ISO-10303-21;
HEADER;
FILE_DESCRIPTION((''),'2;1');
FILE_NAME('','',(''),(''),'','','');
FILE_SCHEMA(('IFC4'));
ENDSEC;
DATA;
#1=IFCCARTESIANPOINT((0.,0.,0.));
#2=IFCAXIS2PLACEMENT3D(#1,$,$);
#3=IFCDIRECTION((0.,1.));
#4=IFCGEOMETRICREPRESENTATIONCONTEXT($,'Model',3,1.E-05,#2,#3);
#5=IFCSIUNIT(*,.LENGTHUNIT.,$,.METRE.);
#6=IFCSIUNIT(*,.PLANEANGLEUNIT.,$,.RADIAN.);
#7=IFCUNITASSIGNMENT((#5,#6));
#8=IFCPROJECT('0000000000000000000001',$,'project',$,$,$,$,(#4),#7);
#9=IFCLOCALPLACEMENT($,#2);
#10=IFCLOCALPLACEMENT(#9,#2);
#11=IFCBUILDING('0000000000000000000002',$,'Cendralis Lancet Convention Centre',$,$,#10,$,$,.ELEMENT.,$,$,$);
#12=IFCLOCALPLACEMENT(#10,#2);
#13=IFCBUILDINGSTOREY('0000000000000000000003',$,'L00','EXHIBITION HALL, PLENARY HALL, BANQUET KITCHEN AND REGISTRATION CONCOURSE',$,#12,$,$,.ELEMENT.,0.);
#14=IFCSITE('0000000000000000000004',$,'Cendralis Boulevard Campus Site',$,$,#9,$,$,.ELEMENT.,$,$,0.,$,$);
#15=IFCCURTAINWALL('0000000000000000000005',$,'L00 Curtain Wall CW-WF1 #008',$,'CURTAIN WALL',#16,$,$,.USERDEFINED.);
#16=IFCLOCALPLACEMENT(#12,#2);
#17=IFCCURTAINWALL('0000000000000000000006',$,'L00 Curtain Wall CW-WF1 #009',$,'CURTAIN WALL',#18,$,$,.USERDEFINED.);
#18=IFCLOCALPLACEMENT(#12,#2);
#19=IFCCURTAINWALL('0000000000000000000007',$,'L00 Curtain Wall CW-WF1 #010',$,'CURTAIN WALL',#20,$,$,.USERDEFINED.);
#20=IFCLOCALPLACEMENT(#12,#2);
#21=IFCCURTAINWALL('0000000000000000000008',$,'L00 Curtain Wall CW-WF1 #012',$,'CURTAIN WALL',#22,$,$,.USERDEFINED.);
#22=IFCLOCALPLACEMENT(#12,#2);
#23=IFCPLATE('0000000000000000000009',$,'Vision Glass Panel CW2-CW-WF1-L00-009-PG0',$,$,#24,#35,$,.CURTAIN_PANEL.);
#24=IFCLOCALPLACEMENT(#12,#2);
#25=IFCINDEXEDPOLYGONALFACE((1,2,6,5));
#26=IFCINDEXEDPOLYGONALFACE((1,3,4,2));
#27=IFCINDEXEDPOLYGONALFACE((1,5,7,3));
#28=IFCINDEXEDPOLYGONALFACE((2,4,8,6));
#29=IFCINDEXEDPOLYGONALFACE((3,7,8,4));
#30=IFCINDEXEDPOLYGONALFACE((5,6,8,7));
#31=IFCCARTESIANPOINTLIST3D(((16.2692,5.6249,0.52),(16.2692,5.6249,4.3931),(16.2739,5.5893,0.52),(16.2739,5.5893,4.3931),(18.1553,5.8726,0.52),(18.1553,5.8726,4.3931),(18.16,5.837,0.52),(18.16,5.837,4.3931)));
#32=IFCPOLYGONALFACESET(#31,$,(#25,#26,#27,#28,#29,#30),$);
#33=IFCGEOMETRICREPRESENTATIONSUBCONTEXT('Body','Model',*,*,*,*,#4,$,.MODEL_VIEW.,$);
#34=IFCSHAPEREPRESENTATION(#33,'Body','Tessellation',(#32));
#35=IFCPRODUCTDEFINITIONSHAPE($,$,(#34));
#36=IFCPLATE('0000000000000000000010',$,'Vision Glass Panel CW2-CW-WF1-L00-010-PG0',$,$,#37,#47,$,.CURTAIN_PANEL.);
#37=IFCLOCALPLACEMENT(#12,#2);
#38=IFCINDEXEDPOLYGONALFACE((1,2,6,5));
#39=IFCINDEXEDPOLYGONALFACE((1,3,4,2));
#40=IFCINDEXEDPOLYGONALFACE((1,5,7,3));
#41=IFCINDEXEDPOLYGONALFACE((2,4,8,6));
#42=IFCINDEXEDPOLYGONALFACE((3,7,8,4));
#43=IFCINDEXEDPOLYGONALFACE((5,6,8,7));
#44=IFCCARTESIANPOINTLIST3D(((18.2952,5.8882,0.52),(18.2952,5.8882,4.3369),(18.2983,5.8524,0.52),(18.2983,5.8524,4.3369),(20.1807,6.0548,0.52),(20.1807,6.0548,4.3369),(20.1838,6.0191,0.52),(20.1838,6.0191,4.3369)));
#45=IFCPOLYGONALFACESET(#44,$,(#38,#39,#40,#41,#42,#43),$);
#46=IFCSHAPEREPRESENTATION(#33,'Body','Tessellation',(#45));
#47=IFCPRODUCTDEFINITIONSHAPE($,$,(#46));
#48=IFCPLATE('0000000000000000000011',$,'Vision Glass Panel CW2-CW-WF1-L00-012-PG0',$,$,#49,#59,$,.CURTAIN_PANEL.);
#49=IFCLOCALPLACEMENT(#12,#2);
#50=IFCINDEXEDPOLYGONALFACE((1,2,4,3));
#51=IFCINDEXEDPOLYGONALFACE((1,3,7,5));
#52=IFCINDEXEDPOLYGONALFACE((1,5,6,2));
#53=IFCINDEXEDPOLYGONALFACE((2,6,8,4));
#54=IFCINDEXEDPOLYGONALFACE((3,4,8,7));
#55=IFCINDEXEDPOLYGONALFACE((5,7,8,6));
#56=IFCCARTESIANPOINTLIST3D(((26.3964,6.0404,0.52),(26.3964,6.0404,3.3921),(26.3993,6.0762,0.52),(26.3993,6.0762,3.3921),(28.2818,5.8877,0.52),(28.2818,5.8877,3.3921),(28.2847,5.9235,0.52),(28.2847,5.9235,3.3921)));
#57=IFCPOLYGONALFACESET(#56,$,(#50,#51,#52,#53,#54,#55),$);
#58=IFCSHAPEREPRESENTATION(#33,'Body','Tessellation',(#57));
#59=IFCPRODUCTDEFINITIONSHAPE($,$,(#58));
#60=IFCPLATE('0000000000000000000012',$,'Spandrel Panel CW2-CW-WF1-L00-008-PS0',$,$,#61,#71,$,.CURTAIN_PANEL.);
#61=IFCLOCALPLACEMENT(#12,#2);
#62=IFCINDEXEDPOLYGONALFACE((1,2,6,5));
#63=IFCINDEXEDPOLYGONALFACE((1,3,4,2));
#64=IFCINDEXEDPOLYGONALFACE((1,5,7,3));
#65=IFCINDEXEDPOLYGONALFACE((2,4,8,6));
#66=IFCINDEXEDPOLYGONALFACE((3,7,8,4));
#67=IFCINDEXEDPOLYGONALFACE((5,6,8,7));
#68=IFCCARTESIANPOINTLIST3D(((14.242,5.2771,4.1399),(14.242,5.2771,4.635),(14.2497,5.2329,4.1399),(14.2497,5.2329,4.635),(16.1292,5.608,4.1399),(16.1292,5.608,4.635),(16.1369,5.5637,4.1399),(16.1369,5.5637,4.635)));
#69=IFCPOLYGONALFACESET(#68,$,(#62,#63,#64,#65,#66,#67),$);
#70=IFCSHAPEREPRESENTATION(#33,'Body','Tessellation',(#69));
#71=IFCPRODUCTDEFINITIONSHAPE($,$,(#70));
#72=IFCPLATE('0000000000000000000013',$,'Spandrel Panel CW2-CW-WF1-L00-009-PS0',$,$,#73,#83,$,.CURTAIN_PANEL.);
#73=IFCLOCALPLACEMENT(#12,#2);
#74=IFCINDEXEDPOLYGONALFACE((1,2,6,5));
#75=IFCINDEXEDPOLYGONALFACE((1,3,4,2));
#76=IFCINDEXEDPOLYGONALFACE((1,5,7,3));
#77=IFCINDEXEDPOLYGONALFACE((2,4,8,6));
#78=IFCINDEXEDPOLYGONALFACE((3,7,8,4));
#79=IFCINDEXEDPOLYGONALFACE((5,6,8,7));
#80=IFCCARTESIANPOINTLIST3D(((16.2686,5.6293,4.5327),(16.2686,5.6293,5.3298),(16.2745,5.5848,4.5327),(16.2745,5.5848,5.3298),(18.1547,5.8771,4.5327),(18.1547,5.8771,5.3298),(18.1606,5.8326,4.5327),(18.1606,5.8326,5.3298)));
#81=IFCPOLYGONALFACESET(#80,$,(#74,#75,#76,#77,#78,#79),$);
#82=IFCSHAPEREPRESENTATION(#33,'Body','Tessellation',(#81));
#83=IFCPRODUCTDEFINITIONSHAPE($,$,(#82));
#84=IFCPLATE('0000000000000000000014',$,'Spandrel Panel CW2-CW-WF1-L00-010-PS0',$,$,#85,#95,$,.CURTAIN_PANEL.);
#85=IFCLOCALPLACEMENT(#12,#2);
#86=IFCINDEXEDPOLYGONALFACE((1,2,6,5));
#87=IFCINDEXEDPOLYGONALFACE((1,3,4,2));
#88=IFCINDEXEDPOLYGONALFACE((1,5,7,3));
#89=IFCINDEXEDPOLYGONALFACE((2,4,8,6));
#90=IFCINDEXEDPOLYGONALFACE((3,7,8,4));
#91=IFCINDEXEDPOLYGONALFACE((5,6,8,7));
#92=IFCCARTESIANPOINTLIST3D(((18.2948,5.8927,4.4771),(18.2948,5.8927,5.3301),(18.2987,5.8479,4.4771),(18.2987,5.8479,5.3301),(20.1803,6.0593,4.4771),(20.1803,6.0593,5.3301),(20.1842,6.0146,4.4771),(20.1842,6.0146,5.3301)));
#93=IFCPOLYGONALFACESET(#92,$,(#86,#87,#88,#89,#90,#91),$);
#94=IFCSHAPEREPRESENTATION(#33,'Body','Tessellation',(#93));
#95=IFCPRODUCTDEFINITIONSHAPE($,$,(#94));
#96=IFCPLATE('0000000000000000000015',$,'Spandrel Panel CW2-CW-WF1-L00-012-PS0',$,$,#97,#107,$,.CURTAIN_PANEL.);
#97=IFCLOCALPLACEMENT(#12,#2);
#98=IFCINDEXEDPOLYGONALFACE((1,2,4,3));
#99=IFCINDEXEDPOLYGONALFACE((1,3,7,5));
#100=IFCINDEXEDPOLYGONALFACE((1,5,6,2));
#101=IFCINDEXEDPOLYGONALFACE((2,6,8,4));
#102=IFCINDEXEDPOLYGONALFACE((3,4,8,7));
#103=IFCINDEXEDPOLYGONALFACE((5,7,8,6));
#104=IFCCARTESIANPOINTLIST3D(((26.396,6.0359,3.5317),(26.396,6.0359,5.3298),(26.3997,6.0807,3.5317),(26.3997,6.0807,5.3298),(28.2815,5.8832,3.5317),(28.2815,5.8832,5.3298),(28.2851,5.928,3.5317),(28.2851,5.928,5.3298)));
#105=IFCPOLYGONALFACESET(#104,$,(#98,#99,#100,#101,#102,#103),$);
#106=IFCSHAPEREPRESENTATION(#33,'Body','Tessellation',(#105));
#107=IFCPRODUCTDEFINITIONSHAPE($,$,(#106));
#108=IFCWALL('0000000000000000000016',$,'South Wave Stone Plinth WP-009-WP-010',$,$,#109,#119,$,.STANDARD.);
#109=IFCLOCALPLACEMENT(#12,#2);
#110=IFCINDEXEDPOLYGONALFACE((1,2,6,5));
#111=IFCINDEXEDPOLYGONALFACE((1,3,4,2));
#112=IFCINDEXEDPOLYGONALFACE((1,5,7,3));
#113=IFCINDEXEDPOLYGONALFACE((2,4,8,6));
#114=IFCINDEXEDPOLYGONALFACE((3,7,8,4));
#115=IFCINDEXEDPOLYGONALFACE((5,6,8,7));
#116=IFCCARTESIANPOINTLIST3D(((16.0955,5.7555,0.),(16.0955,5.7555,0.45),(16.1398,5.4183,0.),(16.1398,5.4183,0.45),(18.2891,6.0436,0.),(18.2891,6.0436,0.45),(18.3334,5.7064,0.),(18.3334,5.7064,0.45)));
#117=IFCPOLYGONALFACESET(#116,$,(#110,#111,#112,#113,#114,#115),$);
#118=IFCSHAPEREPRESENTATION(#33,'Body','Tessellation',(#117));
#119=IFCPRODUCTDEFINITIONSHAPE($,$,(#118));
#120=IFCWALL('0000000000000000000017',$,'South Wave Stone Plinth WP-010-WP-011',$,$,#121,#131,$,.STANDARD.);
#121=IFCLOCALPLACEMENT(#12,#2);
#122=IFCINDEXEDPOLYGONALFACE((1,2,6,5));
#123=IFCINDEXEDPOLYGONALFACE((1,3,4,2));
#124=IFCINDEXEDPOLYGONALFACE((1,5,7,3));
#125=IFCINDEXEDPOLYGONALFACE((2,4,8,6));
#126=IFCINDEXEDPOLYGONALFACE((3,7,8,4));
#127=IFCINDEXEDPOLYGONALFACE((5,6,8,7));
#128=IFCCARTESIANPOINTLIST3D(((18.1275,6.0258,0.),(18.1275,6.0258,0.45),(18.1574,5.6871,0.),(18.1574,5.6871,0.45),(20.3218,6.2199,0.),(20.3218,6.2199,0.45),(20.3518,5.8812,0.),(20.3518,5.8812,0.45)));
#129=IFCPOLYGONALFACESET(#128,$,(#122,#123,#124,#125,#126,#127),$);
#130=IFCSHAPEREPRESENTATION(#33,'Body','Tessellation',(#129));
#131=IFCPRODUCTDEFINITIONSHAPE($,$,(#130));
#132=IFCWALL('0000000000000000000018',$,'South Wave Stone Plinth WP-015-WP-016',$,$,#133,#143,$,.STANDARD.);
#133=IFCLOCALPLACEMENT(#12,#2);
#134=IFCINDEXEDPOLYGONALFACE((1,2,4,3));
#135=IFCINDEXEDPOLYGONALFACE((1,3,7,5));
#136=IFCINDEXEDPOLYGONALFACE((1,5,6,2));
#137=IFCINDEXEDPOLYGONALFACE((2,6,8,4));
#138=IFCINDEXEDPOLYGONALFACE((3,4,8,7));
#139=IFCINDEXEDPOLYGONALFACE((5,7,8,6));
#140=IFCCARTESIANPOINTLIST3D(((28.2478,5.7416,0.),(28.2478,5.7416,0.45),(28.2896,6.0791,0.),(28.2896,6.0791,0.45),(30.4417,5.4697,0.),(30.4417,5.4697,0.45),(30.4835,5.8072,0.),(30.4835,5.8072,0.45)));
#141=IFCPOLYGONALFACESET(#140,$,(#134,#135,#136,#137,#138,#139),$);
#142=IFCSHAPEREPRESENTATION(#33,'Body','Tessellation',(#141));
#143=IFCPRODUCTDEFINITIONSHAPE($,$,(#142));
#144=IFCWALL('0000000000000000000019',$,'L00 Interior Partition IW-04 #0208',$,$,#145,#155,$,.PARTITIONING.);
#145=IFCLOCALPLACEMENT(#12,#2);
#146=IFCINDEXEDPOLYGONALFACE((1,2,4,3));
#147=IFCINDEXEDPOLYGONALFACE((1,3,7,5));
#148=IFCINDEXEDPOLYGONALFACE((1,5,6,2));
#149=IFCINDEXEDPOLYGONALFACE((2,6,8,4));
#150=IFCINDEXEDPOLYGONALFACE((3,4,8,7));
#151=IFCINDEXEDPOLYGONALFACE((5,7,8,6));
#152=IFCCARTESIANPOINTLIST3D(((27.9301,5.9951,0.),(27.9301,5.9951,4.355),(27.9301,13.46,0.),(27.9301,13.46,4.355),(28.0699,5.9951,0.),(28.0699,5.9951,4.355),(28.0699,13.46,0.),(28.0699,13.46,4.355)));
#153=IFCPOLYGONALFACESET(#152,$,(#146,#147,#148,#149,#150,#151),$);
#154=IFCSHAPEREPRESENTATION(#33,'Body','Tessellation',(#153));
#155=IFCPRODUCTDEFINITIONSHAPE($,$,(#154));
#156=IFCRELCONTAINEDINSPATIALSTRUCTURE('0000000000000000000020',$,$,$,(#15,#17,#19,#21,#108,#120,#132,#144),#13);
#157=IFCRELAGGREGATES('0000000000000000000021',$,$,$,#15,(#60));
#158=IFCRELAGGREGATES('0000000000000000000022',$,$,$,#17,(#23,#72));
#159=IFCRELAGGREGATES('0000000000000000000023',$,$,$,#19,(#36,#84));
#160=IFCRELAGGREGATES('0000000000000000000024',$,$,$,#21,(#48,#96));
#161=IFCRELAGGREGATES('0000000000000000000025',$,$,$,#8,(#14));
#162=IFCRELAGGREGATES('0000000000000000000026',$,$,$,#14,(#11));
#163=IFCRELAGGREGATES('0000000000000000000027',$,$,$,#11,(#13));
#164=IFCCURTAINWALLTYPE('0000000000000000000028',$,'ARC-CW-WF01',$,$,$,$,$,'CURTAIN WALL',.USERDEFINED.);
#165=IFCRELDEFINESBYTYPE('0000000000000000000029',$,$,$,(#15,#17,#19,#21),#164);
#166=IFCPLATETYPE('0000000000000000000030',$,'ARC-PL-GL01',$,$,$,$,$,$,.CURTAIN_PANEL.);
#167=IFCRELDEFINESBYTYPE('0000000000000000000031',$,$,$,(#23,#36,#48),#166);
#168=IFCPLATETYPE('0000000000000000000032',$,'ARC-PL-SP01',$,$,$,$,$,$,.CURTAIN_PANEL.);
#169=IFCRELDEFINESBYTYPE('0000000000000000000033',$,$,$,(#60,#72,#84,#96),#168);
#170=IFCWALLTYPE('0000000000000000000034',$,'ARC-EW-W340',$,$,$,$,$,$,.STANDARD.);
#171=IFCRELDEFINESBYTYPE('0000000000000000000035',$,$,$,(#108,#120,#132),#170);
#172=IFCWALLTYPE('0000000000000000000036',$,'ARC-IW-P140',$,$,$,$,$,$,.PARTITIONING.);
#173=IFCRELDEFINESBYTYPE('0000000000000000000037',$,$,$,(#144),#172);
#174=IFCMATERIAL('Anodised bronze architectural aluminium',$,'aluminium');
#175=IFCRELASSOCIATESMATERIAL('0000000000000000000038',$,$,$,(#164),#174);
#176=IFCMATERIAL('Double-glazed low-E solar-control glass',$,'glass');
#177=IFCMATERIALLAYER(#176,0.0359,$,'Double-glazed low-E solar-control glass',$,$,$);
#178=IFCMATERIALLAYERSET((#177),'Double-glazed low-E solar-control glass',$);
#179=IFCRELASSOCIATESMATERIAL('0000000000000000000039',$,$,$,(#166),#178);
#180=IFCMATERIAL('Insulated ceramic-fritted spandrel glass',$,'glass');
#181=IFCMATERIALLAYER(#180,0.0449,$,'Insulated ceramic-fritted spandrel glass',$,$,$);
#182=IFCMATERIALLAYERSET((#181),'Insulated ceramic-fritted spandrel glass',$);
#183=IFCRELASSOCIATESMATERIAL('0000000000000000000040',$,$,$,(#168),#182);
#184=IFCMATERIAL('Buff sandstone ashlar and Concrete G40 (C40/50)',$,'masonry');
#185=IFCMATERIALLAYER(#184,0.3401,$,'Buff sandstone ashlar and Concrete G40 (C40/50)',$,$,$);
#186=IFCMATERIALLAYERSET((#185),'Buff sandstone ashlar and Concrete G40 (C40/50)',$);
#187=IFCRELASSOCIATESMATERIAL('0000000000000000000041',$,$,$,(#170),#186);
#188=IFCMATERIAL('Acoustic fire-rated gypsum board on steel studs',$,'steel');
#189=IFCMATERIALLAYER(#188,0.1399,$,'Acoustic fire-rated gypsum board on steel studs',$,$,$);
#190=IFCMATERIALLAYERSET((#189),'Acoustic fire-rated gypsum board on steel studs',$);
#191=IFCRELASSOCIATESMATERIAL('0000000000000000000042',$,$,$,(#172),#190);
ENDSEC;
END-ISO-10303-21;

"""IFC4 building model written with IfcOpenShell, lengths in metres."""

from ifc_helpers import new_model, si_unit, direction, frame, frame_2d, origin, origin_2d, place, context, subcontext, project, spatial, rectangle, extrude, material, layer, layer_set, type_object, element, aggregate, save


model = new_model("IFC4")

# Units and contexts
model_context = context("Model", 3, precision=1e-05, world=origin(), true_north=direction((0.0, 1.0)))
body_context = subcontext(model_context, "Body", "Model", "MODEL_VIEW")
ifc_project = project(units=[si_unit("LENGTHUNIT", "METRE"), si_unit("PLANEANGLEUNIT", "RADIAN")], contexts=[model_context])

# Site, building, storey
site_placement = place(None, origin())
site = spatial("IfcSite", under=ifc_project, at=site_placement, Name="Cendralis Boulevard Campus Site", CompositionType="ELEMENT", RefElevation=0.0)
building_placement = place(site_placement, origin())
building = spatial("IfcBuilding", under=site, at=building_placement, Name="Cendralis Lancet Convention Centre", CompositionType="ELEMENT")
storey_placement = place(building_placement, origin())
storey = spatial("IfcBuildingStorey", under=building, at=storey_placement, Name="L00", Description="EXHIBITION HALL, PLENARY HALL, BANQUET KITCHEN AND REGISTRATION CONCOURSE", CompositionType="ELEMENT", Elevation=0.0)

# Curtain wall
ifc_material_1 = material(Name="Anodised bronze architectural aluminium", Category="aluminium")
curtain_wall_type = type_object("IfcCurtainWallType", Name="ARC-CW-WF01", ElementType="CURTAIN WALL", PredefinedType="USERDEFINED", material=ifc_material_1)
curtain_wall_1_placement = place(storey_placement, origin())
curtain_wall_1 = element("IfcCurtainWall", 1, at=curtain_wall_1_placement, inside=storey, type_object=curtain_wall_type, Name="L00 Curtain Wall CW-WF1 #008", ObjectType="CURTAIN WALL", PredefinedType="USERDEFINED")

# Curtain walls
curtain_wall_2_placement = place(storey_placement, origin())
curtain_wall_2 = element("IfcCurtainWall", 2, at=curtain_wall_2_placement, inside=storey, type_object=curtain_wall_type, Name="L00 Curtain Wall CW-WF1 #009", ObjectType="CURTAIN WALL", PredefinedType="USERDEFINED")
curtain_wall_3_placement = place(storey_placement, origin())
curtain_wall_3 = element("IfcCurtainWall", 3, at=curtain_wall_3_placement, inside=storey, type_object=curtain_wall_type, Name="L00 Curtain Wall CW-WF1 #010", ObjectType="CURTAIN WALL", PredefinedType="USERDEFINED")

# Curtain wall
curtain_wall_4_placement = place(storey_placement, origin())
curtain_wall_4 = element("IfcCurtainWall", 4, at=curtain_wall_4_placement, inside=storey, type_object=curtain_wall_type, Name="L00 Curtain Wall CW-WF1 #012", ObjectType="CURTAIN WALL", PredefinedType="USERDEFINED")

# Plates
ifc_material_2 = material(Name="Double-glazed low-E solar-control glass", Category="glass")
ifc_layer_1 = layer(ifc_material_2, 0.0359, Name="Double-glazed low-E solar-control glass")
ifc_layer_set_1 = layer_set([ifc_layer_1], Name="Double-glazed low-E solar-control glass")
plate_type_1 = type_object("IfcPlateType", Name="ARC-PL-GL01", PredefinedType="CURTAIN_PANEL", material=ifc_layer_set_1)
plate_1_placement = place(storey_placement, frame((17.2146, 5.731, 0.52), z_axis=(0.0, 0.0, 1.0), x_axis=(0.991483, 0.130239, 0.0)))
plate_1 = element("IfcPlate", 5, at=plate_1_placement, type_object=plate_type_1, Name="Vision Glass Panel CW2-CW-WF1-L00-009-PG0", PredefinedType="CURTAIN_PANEL", context=body_context, shape_type="SweptSolid", body=[
    extrude(rectangle(XDim=1.9023, YDim=0.0359, at=origin_2d()), origin(), (0.0, 0.0, 1.0), 3.873),
])
plate_2_placement = place(storey_placement, frame((19.2395, 5.9536, 0.52), z_axis=(0.0, 0.0, 1.0), x_axis=(0.996116, 0.088052, 0.0)))
plate_2 = element("IfcPlate", 6, at=plate_2_placement, type_object=plate_type_1, Name="Vision Glass Panel CW2-CW-WF1-L00-010-PG0", PredefinedType="CURTAIN_PANEL", context=body_context, shape_type="SweptSolid", body=[
    extrude(rectangle(XDim=1.8928, YDim=0.0359, at=origin_2d()), origin(), (0.0, 0.0, 1.0), 3.8169),
])
plate_3_placement = place(storey_placement, frame((27.3406, 5.9819, 0.52), z_axis=(0.0, 0.0, 1.0), x_axis=(0.996737, -0.080723, 0.0)))
plate_3 = element("IfcPlate", 7, at=plate_3_placement, type_object=plate_type_1, Name="Vision Glass Panel CW2-CW-WF1-L00-012-PG0", PredefinedType="CURTAIN_PANEL", context=body_context, shape_type="SweptSolid", body=[
    extrude(rectangle(XDim=1.8916, YDim=0.0359, at=origin_2d()), origin(), (0.0, 0.0, 1.0), 2.8721),
])
ifc_material_3 = material(Name="Insulated ceramic-fritted spandrel glass", Category="glass")
ifc_layer_2 = layer(ifc_material_3, 0.0449, Name="Insulated ceramic-fritted spandrel glass")
ifc_layer_set_2 = layer_set([ifc_layer_2], Name="Insulated ceramic-fritted spandrel glass")
plate_type_2 = type_object("IfcPlateType", Name="ARC-PL-SP01", PredefinedType="CURTAIN_PANEL", material=ifc_layer_set_2)
plate_4_placement = place(storey_placement, frame((15.1895, 5.4204, 4.1399), z_axis=(0.0, 0.0, 1.0), x_axis=(0.984979, 0.172675, 0.0)))
plate_4 = element("IfcPlate", 8, at=plate_4_placement, type_object=plate_type_2, Name="Spandrel Panel CW2-CW-WF1-L00-008-PS0", PredefinedType="CURTAIN_PANEL", context=body_context, shape_type="SweptSolid", body=[
    extrude(rectangle(XDim=1.916, YDim=0.0449, at=origin_2d()), origin(), (0.0, 0.0, 1.0), 0.4951),
])
aggregate(curtain_wall_1, [plate_4])
plate_5_placement = place(storey_placement, frame((17.2146, 5.731, 4.5327), z_axis=(0.0, 0.0, 1.0), x_axis=(0.991483, 0.130239, 0.0)))
plate_5 = element("IfcPlate", 9, at=plate_5_placement, type_object=plate_type_2, Name="Spandrel Panel CW2-CW-WF1-L00-009-PS0", PredefinedType="CURTAIN_PANEL", context=body_context, shape_type="SweptSolid", body=[
    extrude(rectangle(XDim=1.9023, YDim=0.0449, at=origin_2d()), origin(), (0.0, 0.0, 1.0), 0.7971),
])
aggregate(curtain_wall_2, [plate_1, plate_5])
plate_6_placement = place(storey_placement, frame((19.2395, 5.9536, 4.4771), z_axis=(0.0, 0.0, 1.0), x_axis=(0.996116, 0.088052, 0.0)))
plate_6 = element("IfcPlate", 10, at=plate_6_placement, type_object=plate_type_2, Name="Spandrel Panel CW2-CW-WF1-L00-010-PS0", PredefinedType="CURTAIN_PANEL", context=body_context, shape_type="SweptSolid", body=[
    extrude(rectangle(XDim=1.8928, YDim=0.0449, at=origin_2d()), origin(), (0.0, 0.0, 1.0), 0.853),
])
aggregate(curtain_wall_3, [plate_2, plate_6])
plate_7_placement = place(storey_placement, frame((27.3406, 5.9819, 3.5317), z_axis=(0.0, 0.0, 1.0), x_axis=(0.996737, -0.080723, 0.0)))
plate_7 = element("IfcPlate", 11, at=plate_7_placement, type_object=plate_type_2, Name="Spandrel Panel CW2-CW-WF1-L00-012-PS0", PredefinedType="CURTAIN_PANEL", context=body_context, shape_type="SweptSolid", body=[
    extrude(rectangle(XDim=1.8916, YDim=0.0449, at=origin_2d()), origin(), (0.0, 0.0, 1.0), 1.7981),
])
aggregate(curtain_wall_4, [plate_3, plate_7])

# Walls
ifc_material_4 = material(Name="Buff sandstone ashlar and Concrete G40 (C40/50)", Category="masonry")
ifc_layer_3 = layer(ifc_material_4, 0.3401, Name="Buff sandstone ashlar and Concrete G40 (C40/50)")
ifc_layer_set_3 = layer_set([ifc_layer_3], Name="Buff sandstone ashlar and Concrete G40 (C40/50)")
wall_type_1 = type_object("IfcWallType", Name="ARC-EW-W340", PredefinedType="STANDARD", material=ifc_layer_set_3)
wall_1_placement = place(storey_placement, frame((16.1177, 5.5869, 0.0), z_axis=(0.0, 0.0, 1.0), x_axis=(0.991486, 0.130212, 0.0)))
element("IfcWall", 12, at=wall_1_placement, inside=storey, type_object=wall_type_1, Name="South Wave Stone Plinth WP-009-WP-010", PredefinedType="STANDARD", context=body_context, shape_type="SweptSolid", body=[
    extrude(rectangle(XDim=2.2124, YDim=0.3401, at=frame_2d((1.1062, 0.0))), origin(), (0.0, 0.0, 1.0), 0.45),
])
wall_2_placement = place(storey_placement, frame((18.1423, 5.8564, 0.0), z_axis=(0.0, 0.0, 1.0), x_axis=(0.996111, 0.088107, 0.0)))
element("IfcWall", 13, at=wall_2_placement, inside=storey, type_object=wall_type_1, Name="South Wave Stone Plinth WP-010-WP-011", PredefinedType="STANDARD", context=body_context, shape_type="SweptSolid", body=[
    extrude(rectangle(XDim=2.2029, YDim=0.3401, at=frame_2d((1.1016, 0.0))), origin(), (0.0, 0.0, 1.0), 0.45),
])
wall_3_placement = place(storey_placement, frame((28.2686, 5.9104, 0.0), z_axis=(0.0, 0.0, 1.0), x_axis=(0.992403, -0.123029, 0.0)))
element("IfcWall", 14, at=wall_3_placement, inside=storey, type_object=wall_type_1, Name="South Wave Stone Plinth WP-015-WP-016", PredefinedType="STANDARD", context=body_context, shape_type="SweptSolid", body=[
    extrude(rectangle(XDim=2.2107, YDim=0.3401, at=frame_2d((1.1055, 0.0))), origin(), (0.0, 0.0, 1.0), 0.45),
])
ifc_material_5 = material(Name="Acoustic fire-rated gypsum board on steel studs", Category="steel")
ifc_layer_4 = layer(ifc_material_5, 0.1399, Name="Acoustic fire-rated gypsum board on steel studs")
ifc_layer_set_4 = layer_set([ifc_layer_4], Name="Acoustic fire-rated gypsum board on steel studs")
wall_type_2 = type_object("IfcWallType", Name="ARC-IW-P140", PredefinedType="PARTITIONING", material=ifc_layer_set_4)
wall_4_placement = place(storey_placement, frame((28.0, 5.9951, 0.0), z_axis=(0.0, 0.0, 1.0), x_axis=(0.0, 1.0, 0.0)))
element("IfcWall", 15, at=wall_4_placement, inside=storey, type_object=wall_type_2, Name="L00 Interior Partition IW-04 #0208", PredefinedType="PARTITIONING", context=body_context, shape_type="SweptSolid", body=[
    extrude(rectangle(XDim=7.4648, YDim=0.1399, at=frame_2d((3.7324, 0.0))), origin(), (0.0, 0.0, 1.0), 4.355),
])

save(model, "model.ifc")
